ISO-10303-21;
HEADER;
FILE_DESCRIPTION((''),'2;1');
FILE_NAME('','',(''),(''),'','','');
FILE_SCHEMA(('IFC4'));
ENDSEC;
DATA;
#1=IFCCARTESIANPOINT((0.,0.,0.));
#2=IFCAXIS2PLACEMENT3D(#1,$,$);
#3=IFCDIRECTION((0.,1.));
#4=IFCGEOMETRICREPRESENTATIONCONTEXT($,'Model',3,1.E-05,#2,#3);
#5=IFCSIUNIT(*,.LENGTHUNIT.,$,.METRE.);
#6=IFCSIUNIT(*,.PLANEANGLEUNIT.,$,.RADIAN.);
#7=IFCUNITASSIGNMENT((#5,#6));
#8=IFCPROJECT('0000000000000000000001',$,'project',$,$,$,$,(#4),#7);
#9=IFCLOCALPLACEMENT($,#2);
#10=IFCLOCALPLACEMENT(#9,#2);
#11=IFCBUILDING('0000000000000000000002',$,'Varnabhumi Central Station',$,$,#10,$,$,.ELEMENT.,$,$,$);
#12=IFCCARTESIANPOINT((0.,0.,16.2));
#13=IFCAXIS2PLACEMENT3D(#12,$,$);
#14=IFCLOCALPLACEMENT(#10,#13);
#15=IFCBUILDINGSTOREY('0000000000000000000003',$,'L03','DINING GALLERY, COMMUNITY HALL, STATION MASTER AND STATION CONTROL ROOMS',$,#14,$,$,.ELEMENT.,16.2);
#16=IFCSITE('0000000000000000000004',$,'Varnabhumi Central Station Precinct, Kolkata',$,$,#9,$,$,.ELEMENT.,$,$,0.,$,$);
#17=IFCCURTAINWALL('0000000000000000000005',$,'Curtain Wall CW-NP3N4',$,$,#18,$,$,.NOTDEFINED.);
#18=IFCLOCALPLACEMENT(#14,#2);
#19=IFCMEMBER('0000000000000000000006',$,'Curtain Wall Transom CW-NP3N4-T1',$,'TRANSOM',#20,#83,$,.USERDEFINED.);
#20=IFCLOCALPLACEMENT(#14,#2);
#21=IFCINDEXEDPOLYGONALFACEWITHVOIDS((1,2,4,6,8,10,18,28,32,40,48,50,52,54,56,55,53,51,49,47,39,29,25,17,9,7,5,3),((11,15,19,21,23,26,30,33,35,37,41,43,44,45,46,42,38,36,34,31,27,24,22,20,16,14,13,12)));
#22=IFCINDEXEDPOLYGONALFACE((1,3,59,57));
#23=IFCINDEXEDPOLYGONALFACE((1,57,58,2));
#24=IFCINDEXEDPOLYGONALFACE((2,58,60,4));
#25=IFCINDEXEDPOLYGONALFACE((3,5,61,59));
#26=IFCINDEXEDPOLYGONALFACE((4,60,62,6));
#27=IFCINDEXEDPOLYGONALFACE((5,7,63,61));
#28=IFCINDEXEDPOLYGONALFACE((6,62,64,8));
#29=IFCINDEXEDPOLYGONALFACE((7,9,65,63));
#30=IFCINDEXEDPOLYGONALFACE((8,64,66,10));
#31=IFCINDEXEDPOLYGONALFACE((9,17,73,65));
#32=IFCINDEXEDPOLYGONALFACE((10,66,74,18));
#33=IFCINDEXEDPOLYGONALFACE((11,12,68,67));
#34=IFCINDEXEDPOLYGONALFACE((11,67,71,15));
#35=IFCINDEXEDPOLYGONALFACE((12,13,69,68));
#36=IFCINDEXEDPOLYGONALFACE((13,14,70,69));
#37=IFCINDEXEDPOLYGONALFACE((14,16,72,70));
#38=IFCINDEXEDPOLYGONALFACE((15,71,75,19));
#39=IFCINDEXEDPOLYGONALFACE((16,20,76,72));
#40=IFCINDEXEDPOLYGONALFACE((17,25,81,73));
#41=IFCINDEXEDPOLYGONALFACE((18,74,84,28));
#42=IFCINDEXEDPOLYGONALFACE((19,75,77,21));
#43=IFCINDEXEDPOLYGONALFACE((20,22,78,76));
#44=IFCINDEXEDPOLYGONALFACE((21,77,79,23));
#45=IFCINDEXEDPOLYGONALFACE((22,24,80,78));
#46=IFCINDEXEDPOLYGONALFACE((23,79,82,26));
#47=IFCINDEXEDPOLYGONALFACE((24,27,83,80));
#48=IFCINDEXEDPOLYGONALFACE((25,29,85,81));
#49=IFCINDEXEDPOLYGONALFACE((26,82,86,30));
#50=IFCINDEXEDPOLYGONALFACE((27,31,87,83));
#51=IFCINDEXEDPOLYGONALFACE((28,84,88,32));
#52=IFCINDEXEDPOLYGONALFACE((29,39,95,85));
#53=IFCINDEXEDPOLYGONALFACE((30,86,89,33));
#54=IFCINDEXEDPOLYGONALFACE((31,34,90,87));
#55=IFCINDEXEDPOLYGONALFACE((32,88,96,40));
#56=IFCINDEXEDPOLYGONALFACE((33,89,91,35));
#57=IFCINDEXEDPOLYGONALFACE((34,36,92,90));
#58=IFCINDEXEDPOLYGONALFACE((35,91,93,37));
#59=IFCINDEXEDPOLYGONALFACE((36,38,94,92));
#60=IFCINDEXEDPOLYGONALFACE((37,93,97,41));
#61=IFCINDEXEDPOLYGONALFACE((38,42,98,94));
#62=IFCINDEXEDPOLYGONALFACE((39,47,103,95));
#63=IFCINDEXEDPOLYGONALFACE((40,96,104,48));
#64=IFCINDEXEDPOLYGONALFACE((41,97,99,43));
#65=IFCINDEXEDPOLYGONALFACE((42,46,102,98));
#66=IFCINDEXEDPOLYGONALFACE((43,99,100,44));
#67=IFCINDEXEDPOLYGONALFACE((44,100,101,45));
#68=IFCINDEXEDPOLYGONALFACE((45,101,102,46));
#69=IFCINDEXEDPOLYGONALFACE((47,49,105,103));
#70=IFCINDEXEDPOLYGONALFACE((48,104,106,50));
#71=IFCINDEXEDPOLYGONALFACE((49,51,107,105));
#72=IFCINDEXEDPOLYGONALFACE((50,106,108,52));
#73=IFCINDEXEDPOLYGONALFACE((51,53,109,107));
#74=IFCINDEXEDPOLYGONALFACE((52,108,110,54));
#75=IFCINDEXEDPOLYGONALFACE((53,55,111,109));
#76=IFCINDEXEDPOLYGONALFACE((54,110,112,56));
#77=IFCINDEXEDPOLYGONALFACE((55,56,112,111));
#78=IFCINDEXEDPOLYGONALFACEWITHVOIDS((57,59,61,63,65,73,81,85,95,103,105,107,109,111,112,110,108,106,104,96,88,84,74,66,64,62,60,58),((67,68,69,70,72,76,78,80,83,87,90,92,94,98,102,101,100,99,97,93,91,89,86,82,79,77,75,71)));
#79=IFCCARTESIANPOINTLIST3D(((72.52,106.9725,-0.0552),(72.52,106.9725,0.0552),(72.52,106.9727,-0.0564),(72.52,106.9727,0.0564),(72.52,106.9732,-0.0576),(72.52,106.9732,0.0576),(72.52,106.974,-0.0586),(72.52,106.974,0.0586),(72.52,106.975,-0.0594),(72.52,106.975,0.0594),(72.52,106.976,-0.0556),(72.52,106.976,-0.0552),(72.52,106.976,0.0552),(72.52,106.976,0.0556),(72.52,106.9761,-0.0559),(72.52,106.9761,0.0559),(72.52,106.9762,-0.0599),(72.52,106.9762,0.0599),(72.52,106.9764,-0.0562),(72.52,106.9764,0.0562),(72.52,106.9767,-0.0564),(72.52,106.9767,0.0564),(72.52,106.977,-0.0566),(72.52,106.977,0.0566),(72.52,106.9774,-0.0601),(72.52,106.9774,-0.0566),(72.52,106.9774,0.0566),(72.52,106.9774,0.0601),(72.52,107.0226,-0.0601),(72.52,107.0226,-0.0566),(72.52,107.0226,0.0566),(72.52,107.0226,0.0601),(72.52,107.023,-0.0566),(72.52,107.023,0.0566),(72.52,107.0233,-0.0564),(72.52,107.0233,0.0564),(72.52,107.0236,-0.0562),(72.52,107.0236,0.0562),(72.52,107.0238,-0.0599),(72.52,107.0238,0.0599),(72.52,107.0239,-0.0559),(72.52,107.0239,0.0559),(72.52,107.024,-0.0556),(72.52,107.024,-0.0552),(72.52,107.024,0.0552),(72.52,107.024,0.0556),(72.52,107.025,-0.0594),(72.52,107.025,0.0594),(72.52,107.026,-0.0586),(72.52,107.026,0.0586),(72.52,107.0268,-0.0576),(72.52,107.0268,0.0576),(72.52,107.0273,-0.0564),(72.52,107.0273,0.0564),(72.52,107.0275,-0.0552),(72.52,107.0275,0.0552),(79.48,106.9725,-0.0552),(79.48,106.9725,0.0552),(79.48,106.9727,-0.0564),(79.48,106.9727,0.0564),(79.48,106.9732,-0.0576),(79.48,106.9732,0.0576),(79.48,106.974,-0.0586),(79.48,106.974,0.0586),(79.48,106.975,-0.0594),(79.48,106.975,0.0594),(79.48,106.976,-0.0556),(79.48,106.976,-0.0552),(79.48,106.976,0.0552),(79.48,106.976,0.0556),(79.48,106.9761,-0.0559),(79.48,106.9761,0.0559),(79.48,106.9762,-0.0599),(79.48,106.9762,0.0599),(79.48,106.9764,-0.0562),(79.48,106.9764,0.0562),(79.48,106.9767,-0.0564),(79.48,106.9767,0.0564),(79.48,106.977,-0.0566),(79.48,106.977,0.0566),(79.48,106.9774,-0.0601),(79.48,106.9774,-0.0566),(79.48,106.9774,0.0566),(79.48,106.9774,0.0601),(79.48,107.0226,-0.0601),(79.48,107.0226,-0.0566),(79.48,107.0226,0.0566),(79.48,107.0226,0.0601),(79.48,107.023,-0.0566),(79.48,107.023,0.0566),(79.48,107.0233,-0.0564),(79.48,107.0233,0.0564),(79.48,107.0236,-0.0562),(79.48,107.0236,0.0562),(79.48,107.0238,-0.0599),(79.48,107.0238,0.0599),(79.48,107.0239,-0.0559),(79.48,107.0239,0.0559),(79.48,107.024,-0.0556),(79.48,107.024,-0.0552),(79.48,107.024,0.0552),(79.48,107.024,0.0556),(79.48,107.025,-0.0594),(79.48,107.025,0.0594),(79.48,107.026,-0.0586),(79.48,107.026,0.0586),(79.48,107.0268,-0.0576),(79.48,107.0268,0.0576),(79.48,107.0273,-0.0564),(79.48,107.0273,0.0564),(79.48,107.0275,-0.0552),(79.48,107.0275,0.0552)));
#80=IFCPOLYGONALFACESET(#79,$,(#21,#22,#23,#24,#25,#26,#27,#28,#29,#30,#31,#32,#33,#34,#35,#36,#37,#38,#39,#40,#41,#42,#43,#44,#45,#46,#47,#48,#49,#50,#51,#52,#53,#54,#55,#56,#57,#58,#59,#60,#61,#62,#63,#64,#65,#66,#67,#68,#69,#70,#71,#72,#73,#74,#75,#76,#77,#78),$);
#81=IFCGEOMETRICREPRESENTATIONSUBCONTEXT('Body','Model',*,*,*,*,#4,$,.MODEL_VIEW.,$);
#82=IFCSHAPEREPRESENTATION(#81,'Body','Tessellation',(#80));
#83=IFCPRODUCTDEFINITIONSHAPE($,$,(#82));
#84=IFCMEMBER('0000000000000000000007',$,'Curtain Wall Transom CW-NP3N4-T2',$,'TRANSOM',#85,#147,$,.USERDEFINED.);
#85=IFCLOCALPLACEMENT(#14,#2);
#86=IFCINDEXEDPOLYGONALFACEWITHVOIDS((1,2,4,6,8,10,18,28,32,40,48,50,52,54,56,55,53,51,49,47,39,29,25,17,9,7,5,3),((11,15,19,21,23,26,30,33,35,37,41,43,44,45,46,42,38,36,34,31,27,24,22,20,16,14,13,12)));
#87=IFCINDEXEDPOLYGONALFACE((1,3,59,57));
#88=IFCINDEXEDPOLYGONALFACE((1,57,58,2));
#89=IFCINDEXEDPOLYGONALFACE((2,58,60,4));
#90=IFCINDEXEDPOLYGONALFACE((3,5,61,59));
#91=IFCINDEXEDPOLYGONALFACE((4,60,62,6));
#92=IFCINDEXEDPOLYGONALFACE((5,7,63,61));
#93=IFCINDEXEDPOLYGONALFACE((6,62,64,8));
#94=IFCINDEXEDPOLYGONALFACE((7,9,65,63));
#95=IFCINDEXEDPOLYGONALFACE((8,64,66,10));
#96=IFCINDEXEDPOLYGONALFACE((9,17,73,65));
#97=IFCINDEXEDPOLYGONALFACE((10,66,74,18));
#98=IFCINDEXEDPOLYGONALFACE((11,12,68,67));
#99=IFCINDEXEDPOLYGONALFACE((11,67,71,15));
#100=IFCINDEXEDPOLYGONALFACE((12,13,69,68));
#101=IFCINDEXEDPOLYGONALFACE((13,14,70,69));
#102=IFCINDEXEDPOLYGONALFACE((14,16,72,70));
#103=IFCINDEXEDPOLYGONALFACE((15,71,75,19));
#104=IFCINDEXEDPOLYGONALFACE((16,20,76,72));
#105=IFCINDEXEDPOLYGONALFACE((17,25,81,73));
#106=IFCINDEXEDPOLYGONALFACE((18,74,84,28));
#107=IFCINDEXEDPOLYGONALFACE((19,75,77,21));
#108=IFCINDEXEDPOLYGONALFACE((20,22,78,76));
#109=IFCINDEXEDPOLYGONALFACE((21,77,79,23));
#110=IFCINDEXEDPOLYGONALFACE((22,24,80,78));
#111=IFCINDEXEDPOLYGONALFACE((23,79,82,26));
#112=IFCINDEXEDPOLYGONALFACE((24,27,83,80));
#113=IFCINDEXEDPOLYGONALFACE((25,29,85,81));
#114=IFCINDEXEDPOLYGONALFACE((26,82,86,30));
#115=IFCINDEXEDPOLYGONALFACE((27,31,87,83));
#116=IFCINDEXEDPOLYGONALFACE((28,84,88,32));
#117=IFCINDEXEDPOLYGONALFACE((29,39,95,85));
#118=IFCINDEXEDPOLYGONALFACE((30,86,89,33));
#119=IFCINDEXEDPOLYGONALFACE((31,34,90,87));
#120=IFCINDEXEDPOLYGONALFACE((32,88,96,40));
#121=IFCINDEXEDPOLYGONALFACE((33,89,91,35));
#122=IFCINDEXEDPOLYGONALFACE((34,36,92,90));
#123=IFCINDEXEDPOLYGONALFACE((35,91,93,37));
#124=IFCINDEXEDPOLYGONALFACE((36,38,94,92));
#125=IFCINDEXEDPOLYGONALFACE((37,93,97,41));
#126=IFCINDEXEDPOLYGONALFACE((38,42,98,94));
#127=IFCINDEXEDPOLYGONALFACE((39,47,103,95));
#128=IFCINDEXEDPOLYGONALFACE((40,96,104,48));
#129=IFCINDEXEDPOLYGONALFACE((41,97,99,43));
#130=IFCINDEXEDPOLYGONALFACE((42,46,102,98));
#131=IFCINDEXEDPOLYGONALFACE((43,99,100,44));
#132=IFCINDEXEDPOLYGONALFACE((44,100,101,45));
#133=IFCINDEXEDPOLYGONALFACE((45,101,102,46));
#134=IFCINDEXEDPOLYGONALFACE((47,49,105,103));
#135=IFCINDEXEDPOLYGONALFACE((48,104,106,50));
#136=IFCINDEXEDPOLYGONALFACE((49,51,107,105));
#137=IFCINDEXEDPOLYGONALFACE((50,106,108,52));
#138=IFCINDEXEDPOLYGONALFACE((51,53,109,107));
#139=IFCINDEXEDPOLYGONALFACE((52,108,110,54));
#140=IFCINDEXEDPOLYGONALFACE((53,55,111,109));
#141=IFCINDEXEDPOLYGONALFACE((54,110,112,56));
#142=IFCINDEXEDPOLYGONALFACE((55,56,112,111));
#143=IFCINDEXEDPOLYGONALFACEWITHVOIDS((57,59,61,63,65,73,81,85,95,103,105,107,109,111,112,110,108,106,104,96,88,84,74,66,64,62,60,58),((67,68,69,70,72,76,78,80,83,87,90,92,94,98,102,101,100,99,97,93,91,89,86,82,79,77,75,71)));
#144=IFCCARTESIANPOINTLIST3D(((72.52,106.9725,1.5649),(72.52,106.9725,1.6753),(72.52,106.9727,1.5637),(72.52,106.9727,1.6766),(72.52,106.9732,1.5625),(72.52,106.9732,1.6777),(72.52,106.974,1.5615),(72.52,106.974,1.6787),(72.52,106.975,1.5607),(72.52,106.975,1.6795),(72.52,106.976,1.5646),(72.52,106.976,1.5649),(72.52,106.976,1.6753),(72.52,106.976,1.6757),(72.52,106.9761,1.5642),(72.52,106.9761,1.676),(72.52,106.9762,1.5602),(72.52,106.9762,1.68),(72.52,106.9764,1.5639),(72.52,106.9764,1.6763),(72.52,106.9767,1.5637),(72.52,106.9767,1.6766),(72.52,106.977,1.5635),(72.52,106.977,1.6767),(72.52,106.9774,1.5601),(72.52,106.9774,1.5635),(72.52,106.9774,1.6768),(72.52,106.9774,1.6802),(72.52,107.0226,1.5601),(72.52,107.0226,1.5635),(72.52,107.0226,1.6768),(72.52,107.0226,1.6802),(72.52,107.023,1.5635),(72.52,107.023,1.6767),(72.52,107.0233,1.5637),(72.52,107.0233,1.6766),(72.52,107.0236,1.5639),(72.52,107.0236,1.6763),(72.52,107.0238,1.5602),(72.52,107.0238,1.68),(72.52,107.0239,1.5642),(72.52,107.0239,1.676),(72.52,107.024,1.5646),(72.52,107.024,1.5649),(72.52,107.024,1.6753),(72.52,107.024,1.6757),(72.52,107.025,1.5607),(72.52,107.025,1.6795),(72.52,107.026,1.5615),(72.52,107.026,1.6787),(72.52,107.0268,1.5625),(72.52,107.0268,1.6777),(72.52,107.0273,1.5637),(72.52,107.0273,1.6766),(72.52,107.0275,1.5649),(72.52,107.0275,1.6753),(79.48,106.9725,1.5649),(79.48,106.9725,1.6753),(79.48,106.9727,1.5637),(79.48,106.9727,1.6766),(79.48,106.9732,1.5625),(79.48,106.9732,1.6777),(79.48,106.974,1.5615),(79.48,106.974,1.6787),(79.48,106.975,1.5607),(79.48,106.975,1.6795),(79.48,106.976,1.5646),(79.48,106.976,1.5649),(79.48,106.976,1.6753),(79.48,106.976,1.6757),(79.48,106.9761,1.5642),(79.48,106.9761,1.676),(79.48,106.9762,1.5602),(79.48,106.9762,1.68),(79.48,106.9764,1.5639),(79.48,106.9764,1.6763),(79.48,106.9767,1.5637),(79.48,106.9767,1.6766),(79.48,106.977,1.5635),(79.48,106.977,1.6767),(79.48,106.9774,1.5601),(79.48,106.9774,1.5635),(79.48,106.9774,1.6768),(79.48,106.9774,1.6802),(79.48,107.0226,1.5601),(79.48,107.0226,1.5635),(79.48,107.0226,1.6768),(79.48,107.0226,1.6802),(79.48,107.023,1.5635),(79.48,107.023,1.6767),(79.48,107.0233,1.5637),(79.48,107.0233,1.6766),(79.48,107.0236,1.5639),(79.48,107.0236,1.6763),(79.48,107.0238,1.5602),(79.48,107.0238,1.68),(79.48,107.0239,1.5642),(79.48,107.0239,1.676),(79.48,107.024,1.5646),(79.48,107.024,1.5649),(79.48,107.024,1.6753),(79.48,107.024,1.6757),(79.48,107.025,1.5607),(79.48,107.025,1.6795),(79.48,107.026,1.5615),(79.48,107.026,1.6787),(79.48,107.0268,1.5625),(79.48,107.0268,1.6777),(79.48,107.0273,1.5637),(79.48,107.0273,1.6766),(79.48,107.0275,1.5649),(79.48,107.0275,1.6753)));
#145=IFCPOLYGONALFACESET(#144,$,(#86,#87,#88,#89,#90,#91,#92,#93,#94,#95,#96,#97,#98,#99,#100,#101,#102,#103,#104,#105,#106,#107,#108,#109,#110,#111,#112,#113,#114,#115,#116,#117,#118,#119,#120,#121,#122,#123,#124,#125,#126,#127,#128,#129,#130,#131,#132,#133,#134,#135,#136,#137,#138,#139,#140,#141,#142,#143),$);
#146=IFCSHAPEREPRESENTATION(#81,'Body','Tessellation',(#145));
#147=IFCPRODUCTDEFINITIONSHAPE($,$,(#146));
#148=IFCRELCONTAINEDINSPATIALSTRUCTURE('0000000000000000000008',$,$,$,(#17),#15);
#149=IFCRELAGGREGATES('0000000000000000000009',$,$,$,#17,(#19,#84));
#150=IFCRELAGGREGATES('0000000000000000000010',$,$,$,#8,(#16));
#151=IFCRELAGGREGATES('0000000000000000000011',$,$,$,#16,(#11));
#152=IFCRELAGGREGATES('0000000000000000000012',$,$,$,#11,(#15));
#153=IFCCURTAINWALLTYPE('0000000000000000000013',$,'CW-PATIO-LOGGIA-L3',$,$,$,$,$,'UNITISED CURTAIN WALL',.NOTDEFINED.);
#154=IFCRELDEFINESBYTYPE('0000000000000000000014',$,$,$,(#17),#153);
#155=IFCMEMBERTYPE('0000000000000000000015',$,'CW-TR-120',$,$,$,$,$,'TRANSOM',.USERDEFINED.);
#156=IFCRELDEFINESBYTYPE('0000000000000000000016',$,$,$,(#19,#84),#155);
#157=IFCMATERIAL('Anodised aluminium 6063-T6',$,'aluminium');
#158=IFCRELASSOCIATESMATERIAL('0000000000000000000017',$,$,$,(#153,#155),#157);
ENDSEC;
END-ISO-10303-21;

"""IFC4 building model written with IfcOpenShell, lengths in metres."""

from ifc_helpers import new_model, si_unit, direction, frame, origin, origin_2d, place, context, subcontext, project, spatial, hollow_rectangle, extrude, material, material_profile, profile_set, type_object, element, aggregate, save


model = new_model("IFC4")

# Units and contexts
model_context = context("Model", 3, precision=1e-05, world=origin(), true_north=direction((0.0, 1.0)))
body_context = subcontext(model_context, "Body", "Model", "MODEL_VIEW")
ifc_project = project(units=[si_unit("LENGTHUNIT", "METRE"), si_unit("PLANEANGLEUNIT", "RADIAN")], contexts=[model_context])

# Site, building, storey
site_placement = place(None, origin())
site = spatial("IfcSite", under=ifc_project, at=site_placement, Name="Varnabhumi Central Station Precinct, Kolkata", CompositionType="ELEMENT", RefElevation=0.0)
building_placement = place(site_placement, origin())
building = spatial("IfcBuilding", under=site, at=building_placement, Name="Varnabhumi Central Station", CompositionType="ELEMENT")
storey_placement = place(building_placement, frame((0.0, 0.0, 16.2)))
storey = spatial("IfcBuildingStorey", under=building, at=storey_placement, Name="L03", Description="DINING GALLERY, COMMUNITY HALL, STATION MASTER AND STATION CONTROL ROOMS", CompositionType="ELEMENT", Elevation=16.2)

# Curtain wall, members
ifc_material_1 = material(Name="Anodised aluminium 6063-T6", Category="aluminium")
curtain_wall_type = type_object("IfcCurtainWallType", Name="CW-PATIO-LOGGIA-L3", ElementType="UNITISED CURTAIN WALL", PredefinedType="NOTDEFINED", material=ifc_material_1)
curtain_wall_1_placement = place(storey_placement, origin())
curtain_wall_1 = element("IfcCurtainWall", 1, at=curtain_wall_1_placement, inside=storey, type_object=curtain_wall_type, Name="Curtain Wall CW-NP3N4", PredefinedType="NOTDEFINED")
ifc_material_profile_1 = material_profile(ifc_material_1, hollow_rectangle(XDim=0.0549, YDim=0.1201, WallThickness=0.0034, InnerFilletRadius=0.0015, OuterFilletRadius=0.0049, at=origin_2d()), Name="Anodised aluminium 6063-T6", Category="aluminium")
ifc_profile_set_1 = profile_set([ifc_material_profile_1], Name="Anodised aluminium 6063-T6")
member_type_1 = type_object("IfcMemberType", Name="CW-TR-120", ElementType="TRANSOM", PredefinedType="USERDEFINED", material=ifc_profile_set_1)
member_1_placement = place(storey_placement, frame((72.52, 107.0, 0.0), z_axis=(1.0, 0.0, 0.0), x_axis=(0.0, 1.0, 0.0)))
member_1 = element("IfcMember", 2, at=member_1_placement, type_object=member_type_1, Name="Curtain Wall Transom CW-NP3N4-T1", ObjectType="TRANSOM", PredefinedType="USERDEFINED", context=body_context, shape_type="SweptSolid", body=[
    extrude(hollow_rectangle(XDim=0.0549, YDim=0.1201, WallThickness=0.0034, InnerFilletRadius=0.0015, OuterFilletRadius=0.0049, at=origin_2d()), origin(), (0.0, 0.0, 1.0), 6.96),
])
member_2_placement = place(storey_placement, frame((72.52, 107.0, 1.6201), z_axis=(1.0, 0.0, 0.0), x_axis=(0.0, 1.0, 0.0)))
member_2 = element("IfcMember", 3, at=member_2_placement, type_object=member_type_1, Name="Curtain Wall Transom CW-NP3N4-T2", ObjectType="TRANSOM", PredefinedType="USERDEFINED", context=body_context, shape_type="SweptSolid", body=[
    extrude(hollow_rectangle(XDim=0.0549, YDim=0.1201, WallThickness=0.0034, InnerFilletRadius=0.0015, OuterFilletRadius=0.0049, at=origin_2d()), origin(), (0.0, 0.0, 1.0), 6.96),
])

aggregate(curtain_wall_1, [member_1, member_2])

save(model, "model.ifc")
